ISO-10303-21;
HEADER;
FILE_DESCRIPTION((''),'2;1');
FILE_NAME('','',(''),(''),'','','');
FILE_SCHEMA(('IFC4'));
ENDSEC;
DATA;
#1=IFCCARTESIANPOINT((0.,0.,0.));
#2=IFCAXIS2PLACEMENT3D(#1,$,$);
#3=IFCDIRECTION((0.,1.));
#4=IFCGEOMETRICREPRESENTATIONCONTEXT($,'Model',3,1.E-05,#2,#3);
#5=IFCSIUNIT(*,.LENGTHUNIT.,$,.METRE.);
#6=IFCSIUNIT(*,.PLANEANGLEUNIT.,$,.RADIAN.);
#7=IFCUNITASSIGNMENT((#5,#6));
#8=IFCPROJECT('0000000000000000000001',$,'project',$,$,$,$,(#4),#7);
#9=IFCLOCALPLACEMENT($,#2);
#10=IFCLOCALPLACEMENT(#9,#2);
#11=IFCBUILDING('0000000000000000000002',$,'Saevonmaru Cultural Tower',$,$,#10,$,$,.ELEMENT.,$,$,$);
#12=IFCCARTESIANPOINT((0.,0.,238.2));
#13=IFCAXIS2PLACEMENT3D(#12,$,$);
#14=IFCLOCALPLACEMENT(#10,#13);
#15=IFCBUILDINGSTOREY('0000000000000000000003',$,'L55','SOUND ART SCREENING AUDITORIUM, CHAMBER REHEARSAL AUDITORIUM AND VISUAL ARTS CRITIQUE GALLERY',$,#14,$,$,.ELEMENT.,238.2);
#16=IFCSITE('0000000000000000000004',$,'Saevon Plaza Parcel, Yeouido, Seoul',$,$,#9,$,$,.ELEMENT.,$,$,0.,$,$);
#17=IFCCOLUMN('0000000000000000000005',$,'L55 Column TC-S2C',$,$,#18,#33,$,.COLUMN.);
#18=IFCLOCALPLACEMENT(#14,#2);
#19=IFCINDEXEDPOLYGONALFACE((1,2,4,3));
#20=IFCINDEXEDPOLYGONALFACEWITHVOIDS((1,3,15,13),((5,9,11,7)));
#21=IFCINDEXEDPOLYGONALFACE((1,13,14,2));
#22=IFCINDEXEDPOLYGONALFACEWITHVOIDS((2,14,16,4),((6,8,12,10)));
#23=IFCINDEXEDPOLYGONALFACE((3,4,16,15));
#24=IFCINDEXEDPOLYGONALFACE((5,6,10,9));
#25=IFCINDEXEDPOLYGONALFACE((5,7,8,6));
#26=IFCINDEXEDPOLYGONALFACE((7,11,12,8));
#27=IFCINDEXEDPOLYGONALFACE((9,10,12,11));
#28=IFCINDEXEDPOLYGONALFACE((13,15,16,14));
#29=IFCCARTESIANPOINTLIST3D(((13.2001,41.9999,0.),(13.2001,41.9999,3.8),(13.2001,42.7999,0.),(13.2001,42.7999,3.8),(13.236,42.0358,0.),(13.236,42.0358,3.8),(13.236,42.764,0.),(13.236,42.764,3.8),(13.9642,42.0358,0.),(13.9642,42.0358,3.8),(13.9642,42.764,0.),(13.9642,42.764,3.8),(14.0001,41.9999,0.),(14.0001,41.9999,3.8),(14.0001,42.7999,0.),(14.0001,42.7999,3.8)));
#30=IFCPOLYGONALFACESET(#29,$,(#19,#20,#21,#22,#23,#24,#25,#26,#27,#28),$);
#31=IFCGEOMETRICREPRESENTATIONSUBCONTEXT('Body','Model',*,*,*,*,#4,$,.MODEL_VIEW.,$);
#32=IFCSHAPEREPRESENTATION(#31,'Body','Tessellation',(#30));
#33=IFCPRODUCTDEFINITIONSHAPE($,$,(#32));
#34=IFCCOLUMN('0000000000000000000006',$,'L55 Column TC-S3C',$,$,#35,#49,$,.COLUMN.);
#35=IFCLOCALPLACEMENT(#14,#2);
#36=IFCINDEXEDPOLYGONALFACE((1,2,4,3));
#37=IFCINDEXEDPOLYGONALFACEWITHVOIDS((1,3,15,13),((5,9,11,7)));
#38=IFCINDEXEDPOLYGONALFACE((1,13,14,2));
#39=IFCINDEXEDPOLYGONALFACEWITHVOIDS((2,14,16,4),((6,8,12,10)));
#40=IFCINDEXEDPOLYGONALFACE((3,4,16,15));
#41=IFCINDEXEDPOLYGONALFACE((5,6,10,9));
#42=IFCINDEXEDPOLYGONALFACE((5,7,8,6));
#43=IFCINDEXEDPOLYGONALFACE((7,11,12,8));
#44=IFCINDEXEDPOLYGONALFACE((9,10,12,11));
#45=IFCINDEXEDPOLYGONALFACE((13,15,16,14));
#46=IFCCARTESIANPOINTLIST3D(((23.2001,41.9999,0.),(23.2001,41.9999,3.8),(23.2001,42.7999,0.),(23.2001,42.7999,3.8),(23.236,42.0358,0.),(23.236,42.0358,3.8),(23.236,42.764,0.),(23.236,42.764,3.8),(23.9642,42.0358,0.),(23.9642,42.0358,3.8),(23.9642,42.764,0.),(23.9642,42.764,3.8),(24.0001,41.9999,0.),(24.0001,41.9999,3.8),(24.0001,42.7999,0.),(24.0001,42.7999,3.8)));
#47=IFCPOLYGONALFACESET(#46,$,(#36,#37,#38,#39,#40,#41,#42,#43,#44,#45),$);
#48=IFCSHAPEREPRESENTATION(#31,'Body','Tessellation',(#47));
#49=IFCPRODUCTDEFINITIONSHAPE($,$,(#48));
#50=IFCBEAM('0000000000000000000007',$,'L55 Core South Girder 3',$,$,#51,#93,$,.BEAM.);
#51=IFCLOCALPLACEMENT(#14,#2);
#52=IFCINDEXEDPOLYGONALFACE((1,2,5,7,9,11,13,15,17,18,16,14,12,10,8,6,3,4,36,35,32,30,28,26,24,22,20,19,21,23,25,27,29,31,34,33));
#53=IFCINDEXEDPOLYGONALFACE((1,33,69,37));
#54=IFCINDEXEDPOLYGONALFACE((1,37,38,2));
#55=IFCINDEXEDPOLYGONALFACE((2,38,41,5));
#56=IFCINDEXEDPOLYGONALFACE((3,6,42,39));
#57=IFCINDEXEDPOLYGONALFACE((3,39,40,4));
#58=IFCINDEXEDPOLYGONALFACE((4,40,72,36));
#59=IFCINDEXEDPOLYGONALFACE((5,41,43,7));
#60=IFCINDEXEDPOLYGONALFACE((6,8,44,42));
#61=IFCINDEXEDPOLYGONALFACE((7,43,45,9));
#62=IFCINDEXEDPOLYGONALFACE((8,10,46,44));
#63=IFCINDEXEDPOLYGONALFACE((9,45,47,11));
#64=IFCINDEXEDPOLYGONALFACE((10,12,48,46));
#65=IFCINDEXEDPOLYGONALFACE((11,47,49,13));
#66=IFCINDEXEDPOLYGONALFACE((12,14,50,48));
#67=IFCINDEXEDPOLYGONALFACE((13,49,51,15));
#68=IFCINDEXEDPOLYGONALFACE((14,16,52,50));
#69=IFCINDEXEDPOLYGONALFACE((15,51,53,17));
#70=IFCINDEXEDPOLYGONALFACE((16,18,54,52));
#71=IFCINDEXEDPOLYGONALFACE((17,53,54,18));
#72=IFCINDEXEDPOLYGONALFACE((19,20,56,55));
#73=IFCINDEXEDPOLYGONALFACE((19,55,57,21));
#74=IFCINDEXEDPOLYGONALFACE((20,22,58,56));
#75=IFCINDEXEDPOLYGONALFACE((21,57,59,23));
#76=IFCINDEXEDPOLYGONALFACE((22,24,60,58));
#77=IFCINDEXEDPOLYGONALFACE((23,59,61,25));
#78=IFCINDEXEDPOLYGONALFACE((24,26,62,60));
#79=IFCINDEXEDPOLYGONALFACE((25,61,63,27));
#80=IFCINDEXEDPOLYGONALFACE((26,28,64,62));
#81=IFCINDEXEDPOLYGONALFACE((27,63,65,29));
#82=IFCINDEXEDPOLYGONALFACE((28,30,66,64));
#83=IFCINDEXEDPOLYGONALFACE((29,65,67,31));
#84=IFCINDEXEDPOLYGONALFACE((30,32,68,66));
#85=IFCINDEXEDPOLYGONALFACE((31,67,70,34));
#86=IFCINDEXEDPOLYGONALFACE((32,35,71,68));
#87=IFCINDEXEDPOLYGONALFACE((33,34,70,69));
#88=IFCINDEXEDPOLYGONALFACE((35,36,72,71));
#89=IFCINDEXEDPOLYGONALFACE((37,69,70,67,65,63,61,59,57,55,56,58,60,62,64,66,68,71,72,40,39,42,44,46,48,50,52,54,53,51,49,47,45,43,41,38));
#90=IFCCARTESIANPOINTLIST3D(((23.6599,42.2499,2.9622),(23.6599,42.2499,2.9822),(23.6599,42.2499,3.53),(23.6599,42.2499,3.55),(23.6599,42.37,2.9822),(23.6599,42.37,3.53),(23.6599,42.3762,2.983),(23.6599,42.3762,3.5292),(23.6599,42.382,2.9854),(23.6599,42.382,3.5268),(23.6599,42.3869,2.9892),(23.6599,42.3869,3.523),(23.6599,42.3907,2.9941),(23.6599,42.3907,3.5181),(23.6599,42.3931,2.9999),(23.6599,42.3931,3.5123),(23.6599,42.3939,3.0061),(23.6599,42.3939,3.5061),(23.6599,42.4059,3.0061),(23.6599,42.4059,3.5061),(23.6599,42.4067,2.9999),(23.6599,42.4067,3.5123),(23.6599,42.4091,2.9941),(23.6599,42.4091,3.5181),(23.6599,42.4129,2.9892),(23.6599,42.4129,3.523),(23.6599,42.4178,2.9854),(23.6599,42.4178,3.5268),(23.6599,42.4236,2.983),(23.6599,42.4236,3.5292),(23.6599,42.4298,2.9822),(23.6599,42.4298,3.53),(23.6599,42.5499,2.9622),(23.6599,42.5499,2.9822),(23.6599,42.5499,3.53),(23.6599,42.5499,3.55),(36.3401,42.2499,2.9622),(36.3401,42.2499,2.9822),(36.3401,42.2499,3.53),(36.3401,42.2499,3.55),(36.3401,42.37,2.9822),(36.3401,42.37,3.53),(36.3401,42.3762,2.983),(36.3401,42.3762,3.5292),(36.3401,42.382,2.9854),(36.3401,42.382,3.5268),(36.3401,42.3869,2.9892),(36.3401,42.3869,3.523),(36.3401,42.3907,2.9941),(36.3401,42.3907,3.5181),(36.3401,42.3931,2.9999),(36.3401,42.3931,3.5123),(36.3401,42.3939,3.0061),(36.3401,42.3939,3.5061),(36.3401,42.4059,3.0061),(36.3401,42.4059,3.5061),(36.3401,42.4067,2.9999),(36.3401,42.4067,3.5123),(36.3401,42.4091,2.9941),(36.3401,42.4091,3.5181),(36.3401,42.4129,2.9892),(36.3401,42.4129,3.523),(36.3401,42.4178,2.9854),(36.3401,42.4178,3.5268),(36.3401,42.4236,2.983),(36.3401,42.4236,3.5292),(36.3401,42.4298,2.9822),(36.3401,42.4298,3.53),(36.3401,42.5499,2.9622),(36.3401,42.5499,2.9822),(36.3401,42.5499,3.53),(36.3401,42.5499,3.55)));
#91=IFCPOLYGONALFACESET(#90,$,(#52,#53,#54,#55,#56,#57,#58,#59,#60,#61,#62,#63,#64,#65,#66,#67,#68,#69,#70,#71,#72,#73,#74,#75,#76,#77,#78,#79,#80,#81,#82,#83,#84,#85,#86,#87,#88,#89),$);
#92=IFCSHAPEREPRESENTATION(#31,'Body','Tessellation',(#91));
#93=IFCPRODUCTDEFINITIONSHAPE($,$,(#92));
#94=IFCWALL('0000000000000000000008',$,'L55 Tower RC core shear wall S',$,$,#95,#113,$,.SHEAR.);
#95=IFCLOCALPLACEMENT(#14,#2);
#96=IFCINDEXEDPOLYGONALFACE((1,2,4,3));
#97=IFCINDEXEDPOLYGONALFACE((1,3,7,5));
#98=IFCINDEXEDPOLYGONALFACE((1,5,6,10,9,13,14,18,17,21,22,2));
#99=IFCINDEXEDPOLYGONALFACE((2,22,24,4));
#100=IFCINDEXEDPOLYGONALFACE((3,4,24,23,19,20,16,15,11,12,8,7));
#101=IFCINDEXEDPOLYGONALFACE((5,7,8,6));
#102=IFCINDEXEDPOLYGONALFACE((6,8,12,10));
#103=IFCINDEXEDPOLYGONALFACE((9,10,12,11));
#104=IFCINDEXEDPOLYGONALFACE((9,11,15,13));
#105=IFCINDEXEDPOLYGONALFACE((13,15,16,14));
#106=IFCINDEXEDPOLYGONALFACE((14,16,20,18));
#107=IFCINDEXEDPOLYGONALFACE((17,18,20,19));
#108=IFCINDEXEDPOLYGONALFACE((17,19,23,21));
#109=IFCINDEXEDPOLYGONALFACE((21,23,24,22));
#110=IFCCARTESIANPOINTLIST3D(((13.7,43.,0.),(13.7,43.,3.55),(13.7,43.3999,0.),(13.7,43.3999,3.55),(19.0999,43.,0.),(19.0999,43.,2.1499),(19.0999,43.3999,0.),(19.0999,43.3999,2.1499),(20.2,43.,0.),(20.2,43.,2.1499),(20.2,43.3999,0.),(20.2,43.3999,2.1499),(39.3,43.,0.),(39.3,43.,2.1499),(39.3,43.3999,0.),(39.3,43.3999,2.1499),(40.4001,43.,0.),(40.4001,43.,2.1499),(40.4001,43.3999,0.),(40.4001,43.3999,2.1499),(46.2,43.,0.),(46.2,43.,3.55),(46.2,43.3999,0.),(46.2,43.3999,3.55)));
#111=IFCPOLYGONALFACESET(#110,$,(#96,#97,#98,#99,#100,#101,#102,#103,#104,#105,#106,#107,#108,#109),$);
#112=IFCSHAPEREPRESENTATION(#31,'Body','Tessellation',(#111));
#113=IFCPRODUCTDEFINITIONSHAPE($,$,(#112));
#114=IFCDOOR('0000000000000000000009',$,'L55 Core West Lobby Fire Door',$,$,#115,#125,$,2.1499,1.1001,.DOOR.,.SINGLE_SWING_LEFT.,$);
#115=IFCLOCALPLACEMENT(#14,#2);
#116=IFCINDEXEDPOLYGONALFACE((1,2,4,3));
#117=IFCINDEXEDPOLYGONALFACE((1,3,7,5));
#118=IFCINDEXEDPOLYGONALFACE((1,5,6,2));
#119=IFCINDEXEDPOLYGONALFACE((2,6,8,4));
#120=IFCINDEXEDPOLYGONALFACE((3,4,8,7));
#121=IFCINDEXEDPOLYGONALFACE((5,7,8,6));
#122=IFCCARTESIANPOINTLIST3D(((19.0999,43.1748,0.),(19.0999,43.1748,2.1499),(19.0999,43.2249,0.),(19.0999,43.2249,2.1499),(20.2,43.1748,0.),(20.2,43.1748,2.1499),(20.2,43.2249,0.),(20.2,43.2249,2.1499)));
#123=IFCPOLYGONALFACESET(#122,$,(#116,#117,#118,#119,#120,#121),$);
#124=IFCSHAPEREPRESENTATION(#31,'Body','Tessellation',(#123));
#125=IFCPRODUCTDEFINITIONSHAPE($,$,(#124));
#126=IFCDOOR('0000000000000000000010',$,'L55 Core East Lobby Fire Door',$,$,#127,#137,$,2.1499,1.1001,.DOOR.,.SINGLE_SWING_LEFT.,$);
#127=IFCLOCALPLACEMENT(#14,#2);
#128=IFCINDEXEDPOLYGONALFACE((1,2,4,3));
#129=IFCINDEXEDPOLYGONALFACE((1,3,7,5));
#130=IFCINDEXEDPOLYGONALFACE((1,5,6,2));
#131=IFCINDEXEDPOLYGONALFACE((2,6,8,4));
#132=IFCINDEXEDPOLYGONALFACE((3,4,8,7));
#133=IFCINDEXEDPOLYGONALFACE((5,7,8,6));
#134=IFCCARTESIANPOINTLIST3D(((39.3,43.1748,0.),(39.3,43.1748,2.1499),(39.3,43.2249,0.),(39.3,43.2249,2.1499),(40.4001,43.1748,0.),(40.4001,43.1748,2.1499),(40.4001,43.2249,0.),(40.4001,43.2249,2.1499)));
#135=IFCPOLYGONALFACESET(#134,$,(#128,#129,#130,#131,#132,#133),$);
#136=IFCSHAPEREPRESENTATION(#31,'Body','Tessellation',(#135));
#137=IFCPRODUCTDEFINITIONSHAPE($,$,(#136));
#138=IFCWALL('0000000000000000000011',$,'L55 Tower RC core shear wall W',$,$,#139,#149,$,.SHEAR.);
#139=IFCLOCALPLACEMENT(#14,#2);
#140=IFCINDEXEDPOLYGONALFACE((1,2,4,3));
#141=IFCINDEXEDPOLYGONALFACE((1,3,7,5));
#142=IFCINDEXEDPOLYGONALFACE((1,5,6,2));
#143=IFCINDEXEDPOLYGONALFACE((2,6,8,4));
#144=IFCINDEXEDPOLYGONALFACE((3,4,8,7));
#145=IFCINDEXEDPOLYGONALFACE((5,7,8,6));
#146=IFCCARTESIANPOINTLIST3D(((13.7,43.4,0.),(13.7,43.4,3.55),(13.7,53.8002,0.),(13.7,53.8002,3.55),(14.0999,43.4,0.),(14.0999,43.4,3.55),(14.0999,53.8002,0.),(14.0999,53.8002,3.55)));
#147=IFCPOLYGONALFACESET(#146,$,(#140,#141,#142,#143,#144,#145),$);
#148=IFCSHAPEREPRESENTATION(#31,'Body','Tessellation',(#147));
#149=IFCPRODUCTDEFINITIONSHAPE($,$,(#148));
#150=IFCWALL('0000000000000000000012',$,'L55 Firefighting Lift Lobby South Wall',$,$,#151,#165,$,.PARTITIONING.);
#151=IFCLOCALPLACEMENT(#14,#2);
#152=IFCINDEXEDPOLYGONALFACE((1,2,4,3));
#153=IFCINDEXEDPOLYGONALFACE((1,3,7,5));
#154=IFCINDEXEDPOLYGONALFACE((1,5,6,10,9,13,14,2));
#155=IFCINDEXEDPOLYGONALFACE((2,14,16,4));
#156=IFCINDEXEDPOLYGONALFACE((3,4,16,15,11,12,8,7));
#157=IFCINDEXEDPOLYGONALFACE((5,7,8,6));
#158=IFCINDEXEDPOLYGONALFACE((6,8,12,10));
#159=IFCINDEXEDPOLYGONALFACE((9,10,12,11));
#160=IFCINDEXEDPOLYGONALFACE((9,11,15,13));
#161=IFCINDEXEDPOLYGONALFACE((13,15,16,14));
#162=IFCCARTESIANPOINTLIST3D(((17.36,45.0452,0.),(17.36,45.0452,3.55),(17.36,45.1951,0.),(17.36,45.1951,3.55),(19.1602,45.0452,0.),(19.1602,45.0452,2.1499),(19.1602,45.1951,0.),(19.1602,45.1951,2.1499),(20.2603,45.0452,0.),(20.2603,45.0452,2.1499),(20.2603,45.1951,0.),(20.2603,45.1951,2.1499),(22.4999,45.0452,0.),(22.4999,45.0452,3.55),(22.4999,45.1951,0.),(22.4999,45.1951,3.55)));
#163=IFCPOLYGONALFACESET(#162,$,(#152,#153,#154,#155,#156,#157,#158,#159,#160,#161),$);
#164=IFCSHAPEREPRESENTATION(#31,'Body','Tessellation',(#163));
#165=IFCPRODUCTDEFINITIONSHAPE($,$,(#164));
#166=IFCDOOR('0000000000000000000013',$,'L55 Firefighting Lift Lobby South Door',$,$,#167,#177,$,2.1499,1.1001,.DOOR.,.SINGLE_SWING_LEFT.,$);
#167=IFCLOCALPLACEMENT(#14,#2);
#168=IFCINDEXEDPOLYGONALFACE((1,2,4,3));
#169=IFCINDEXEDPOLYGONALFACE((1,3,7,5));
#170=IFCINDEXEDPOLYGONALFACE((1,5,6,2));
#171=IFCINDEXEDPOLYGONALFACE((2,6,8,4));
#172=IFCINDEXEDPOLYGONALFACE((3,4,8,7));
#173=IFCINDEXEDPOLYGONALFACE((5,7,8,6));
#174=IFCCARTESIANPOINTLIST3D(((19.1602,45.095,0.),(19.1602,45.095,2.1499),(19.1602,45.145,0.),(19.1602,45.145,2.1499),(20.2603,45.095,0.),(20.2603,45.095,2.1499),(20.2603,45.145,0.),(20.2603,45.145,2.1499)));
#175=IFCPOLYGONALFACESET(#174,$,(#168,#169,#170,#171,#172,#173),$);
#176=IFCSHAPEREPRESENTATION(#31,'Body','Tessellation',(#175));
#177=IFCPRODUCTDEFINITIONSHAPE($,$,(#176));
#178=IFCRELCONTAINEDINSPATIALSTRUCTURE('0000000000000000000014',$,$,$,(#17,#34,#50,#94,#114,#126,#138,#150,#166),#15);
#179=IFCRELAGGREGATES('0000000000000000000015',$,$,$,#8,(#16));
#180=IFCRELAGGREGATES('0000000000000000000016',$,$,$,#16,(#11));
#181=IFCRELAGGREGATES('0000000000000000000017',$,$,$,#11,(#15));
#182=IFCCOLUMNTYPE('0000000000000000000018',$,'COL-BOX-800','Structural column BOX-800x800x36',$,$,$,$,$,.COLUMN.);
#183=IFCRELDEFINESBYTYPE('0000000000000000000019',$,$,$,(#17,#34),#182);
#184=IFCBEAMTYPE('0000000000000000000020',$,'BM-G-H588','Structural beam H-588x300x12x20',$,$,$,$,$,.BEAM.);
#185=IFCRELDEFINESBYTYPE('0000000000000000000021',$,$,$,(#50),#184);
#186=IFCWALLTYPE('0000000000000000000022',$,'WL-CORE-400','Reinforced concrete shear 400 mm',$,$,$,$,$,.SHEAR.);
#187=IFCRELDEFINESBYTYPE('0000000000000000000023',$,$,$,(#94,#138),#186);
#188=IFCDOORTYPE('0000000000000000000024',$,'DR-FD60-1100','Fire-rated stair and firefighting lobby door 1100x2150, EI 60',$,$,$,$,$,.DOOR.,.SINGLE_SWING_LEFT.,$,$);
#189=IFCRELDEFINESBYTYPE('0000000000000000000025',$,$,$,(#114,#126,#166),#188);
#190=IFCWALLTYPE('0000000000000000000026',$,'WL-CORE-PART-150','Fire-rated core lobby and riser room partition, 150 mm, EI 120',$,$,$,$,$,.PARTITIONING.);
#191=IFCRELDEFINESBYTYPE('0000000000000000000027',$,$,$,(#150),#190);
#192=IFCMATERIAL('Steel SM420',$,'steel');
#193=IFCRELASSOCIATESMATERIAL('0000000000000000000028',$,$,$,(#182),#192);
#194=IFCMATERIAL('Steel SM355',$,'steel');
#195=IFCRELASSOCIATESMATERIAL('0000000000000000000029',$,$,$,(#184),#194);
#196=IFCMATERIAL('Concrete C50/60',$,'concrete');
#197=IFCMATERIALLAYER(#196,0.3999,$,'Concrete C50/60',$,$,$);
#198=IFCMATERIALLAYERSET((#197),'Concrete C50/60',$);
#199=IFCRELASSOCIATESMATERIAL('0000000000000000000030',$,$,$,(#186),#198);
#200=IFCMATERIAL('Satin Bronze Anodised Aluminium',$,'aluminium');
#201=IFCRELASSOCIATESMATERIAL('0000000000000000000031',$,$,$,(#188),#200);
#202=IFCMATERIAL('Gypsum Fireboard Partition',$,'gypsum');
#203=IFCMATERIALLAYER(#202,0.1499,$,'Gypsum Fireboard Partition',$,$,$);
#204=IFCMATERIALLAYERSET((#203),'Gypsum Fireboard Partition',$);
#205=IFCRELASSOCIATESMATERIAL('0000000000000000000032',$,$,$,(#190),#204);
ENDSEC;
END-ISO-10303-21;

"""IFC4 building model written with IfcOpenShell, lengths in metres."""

from ifc_helpers import new_model, si_unit, direction, frame, frame_2d, origin, origin_2d, place, context, subcontext, project, spatial, rectangle, hollow_rectangle, i_section, extrude, material, layer, layer_set, material_profile, profile_set, type_object, element, fill, save


model = new_model("IFC4")

# Units and contexts
model_context = context("Model", 3, precision=1e-05, world=origin(), true_north=direction((0.0, 1.0)))
body_context = subcontext(model_context, "Body", "Model", "MODEL_VIEW")
ifc_project = project(units=[si_unit("LENGTHUNIT", "METRE"), si_unit("PLANEANGLEUNIT", "RADIAN")], contexts=[model_context])

# Site, building, storey
site_placement = place(None, origin())
site = spatial("IfcSite", under=ifc_project, at=site_placement, Name="Saevon Plaza Parcel, Yeouido, Seoul", CompositionType="ELEMENT", RefElevation=0.0)
building_placement = place(site_placement, origin())
building = spatial("IfcBuilding", under=site, at=building_placement, Name="Saevonmaru Cultural Tower", CompositionType="ELEMENT")
storey_placement = place(building_placement, frame((0.0, 0.0, 238.2)))
storey = spatial("IfcBuildingStorey", under=building, at=storey_placement, Name="L55", Description="SOUND ART SCREENING AUDITORIUM, CHAMBER REHEARSAL AUDITORIUM AND VISUAL ARTS CRITIQUE GALLERY", CompositionType="ELEMENT", Elevation=238.2)

# Columns
ifc_material_1 = material(Name="Steel SM420", Category="steel")
ifc_material_profile_1 = material_profile(ifc_material_1, hollow_rectangle(XDim=0.8, YDim=0.8, WallThickness=0.0359, at=origin_2d()), Name="BOX-800x800x36")
ifc_profile_set_1 = profile_set([ifc_material_profile_1], Name="Steel SM420")
column_type = type_object("IfcColumnType", Name="COL-BOX-800", Description="Structural column BOX-800x800x36", PredefinedType="COLUMN", material=ifc_profile_set_1)
for number, where, z_axis, x_axis, name in (
    (1, (13.6001, 42.3999, 0.0), (0.0, 0.0, 1.0), (1.0, 0.0, 0.0), "L55 Column TC-S2C"),
    (2, (23.6001, 42.3999, 0.0), (0.0, 0.0, 1.0), (1.0, 0.0, 0.0), "L55 Column TC-S3C"),
):
    element("IfcColumn", number, at=place(storey_placement, frame(where, z_axis=z_axis, x_axis=x_axis)), inside=storey, type_object=column_type, Name=name, PredefinedType="COLUMN", context=body_context, shape_type="SweptSolid", body=[
        extrude(hollow_rectangle(XDim=0.8, YDim=0.8, WallThickness=0.0359, at=origin_2d()), origin(), (0.0, 0.0, 1.0), 3.8),
    ])

# Beam
ifc_material_2 = material(Name="Steel SM355", Category="steel")
ifc_material_profile_2 = material_profile(ifc_material_2, i_section(OverallWidth=0.3, OverallDepth=0.5879, WebThickness=0.012, FlangeThickness=0.02, FilletRadius=0.0239, at=origin_2d()), Name="H-588x300x12x20")
ifc_profile_set_2 = profile_set([ifc_material_profile_2], Name="Steel SM355")
beam_type = type_object("IfcBeamType", Name="BM-G-H588", Description="Structural beam H-588x300x12x20", PredefinedType="BEAM", material=ifc_profile_set_2)
beam_placement = place(storey_placement, frame((23.6599, 42.3999, 3.2561), z_axis=(1.0, 0.0, 0.0), x_axis=(0.0, 1.0, 0.0)))
element("IfcBeam", 3, at=beam_placement, inside=storey, type_object=beam_type, Name="L55 Core South Girder 3", PredefinedType="BEAM", context=body_context, shape_type="SweptSolid", body=[
    extrude(i_section(OverallWidth=0.3, OverallDepth=0.5879, WebThickness=0.012, FlangeThickness=0.02, FilletRadius=0.0239, at=origin_2d()), origin(), (0.0, 0.0, 1.0), 12.6802),
])

# Wall, openings, doors
ifc_material_3 = material(Name="Concrete C50/60", Category="concrete")
ifc_layer_1 = layer(ifc_material_3, 0.3999, Name="Concrete C50/60")
ifc_layer_set_1 = layer_set([ifc_layer_1], Name="Concrete C50/60")
wall_type_1 = type_object("IfcWallType", Name="WL-CORE-400", Description="Reinforced concrete shear 400 mm", PredefinedType="SHEAR", material=ifc_layer_set_1)
wall_1_placement = place(storey_placement, frame((13.7, 43.2, 0.0), z_axis=(0.0, 0.0, 1.0), x_axis=(1.0, 0.0, 0.0)))
wall_1 = element("IfcWall", 4, at=wall_1_placement, inside=storey, type_object=wall_type_1, Name="L55 Tower RC core shear wall S", PredefinedType="SHEAR", context=body_context, shape_type="SweptSolid", body=[
    extrude(rectangle(XDim=32.5, YDim=0.3999, at=frame_2d((16.25, 0.0))), origin(), (0.0, 0.0, 1.0), 3.55),
])
opening_1_placement = place(wall_1_placement, frame((5.3999, 0.0, 0.0)))
opening_1 = element("IfcOpeningElement", 5, at=opening_1_placement, cuts=wall_1, PredefinedType="OPENING", context=body_context, shape_type="SweptSolid", body=[
    extrude(rectangle(XDim=1.1001, YDim=2.1499, at=frame_2d((0.55, 1.075))), frame((0.0, 0.21, 0.0), z_axis=(0.0, -1.0, 0.0), x_axis=(1.0, 0.0, 0.0)), (0.0, 0.0, 1.0), 0.4199),
])
opening_2_placement = place(wall_1_placement, frame((25.6001, 0.0, 0.0)))
opening_2 = element("IfcOpeningElement", 6, at=opening_2_placement, cuts=wall_1, PredefinedType="OPENING", context=body_context, shape_type="SweptSolid", body=[
    extrude(rectangle(XDim=1.1001, YDim=2.1499, at=frame_2d((0.55, 1.075))), frame((0.0, 0.21, 0.0), z_axis=(0.0, -1.0, 0.0), x_axis=(1.0, 0.0, 0.0)), (0.0, 0.0, 1.0), 0.4199),
])
ifc_material_4 = material(Name="Satin Bronze Anodised Aluminium", Category="aluminium")
door_type_1 = type_object("IfcDoorType", Name="DR-FD60-1100", Description="Fire-rated stair and firefighting lobby door 1100x2150, EI 60", OperationType="SINGLE_SWING_LEFT", PredefinedType="DOOR", material=ifc_material_4)
door_1_placement = place(opening_1_placement, origin())
door_1 = element("IfcDoor", 7, at=door_1_placement, inside=storey, type_object=door_type_1, Name="L55 Core West Lobby Fire Door", OperationType="SINGLE_SWING_LEFT", OverallHeight=2.1499, OverallWidth=1.1001, PredefinedType="DOOR", context=body_context, shape_type="SweptSolid", body=[
    extrude(rectangle(XDim=1.1001, YDim=2.1499, at=frame_2d((0.55, 1.075))), frame((0.0, 0.0249, 0.0), z_axis=(0.0, -1.0, 0.0), x_axis=(1.0, 0.0, 0.0)), (0.0, 0.0, 1.0), 0.05),
])
fill(opening_1, door_1)
door_2_placement = place(opening_2_placement, origin())
door_2 = element("IfcDoor", 8, at=door_2_placement, inside=storey, type_object=door_type_1, Name="L55 Core East Lobby Fire Door", OperationType="SINGLE_SWING_LEFT", OverallHeight=2.1499, OverallWidth=1.1001, PredefinedType="DOOR", context=body_context, shape_type="SweptSolid", body=[
    extrude(rectangle(XDim=1.1001, YDim=2.1499, at=frame_2d((0.55, 1.075))), frame((0.0, 0.0249, 0.0), z_axis=(0.0, -1.0, 0.0), x_axis=(1.0, 0.0, 0.0)), (0.0, 0.0, 1.0), 0.05),
])
fill(opening_2, door_2)

# Wall
wall_2_placement = place(storey_placement, frame((13.8999, 43.3999, 0.0), z_axis=(0.0, 0.0, 1.0), x_axis=(0.0, 1.0, 0.0)))
element("IfcWall", 9, at=wall_2_placement, inside=storey, type_object=wall_type_1, Name="L55 Tower RC core shear wall W", PredefinedType="SHEAR", context=body_context, shape_type="SweptSolid", body=[
    extrude(rectangle(XDim=10.4001, YDim=0.3999, at=frame_2d((5.2002, 0.0))), origin(), (0.0, 0.0, 1.0), 3.55),
])

# Wall, opening, door
ifc_material_5 = material(Name="Gypsum Fireboard Partition", Category="gypsum")
ifc_layer_2 = layer(ifc_material_5, 0.1499, Name="Gypsum Fireboard Partition")
ifc_layer_set_2 = layer_set([ifc_layer_2], Name="Gypsum Fireboard Partition")
wall_type_2 = type_object("IfcWallType", Name="WL-CORE-PART-150", Description="Fire-rated core lobby and riser room partition, 150 mm, EI 120", PredefinedType="PARTITIONING", material=ifc_layer_set_2)
wall_3_placement = place(storey_placement, frame((17.3601, 45.1201, 0.0), z_axis=(0.0, 0.0, 1.0), x_axis=(1.0, 0.0, 0.0)))
wall_3 = element("IfcWall", 10, at=wall_3_placement, inside=storey, type_object=wall_type_2, Name="L55 Firefighting Lift Lobby South Wall", PredefinedType="PARTITIONING", context=body_context, shape_type="SweptSolid", body=[
    extrude(rectangle(XDim=5.1399, YDim=0.1499, at=frame_2d((2.5698, 0.0))), origin(), (0.0, 0.0, 1.0), 3.55),
])
opening_3_placement = place(wall_3_placement, frame((1.8, 0.0, 0.0)))
opening_3 = element("IfcOpeningElement", 11, at=opening_3_placement, cuts=wall_3, PredefinedType="OPENING", context=body_context, shape_type="SweptSolid", body=[
    extrude(rectangle(XDim=1.1001, YDim=2.1499, at=frame_2d((0.55, 1.075))), frame((0.0, 0.085, 0.0), z_axis=(0.0, -1.0, 0.0), x_axis=(1.0, 0.0, 0.0)), (0.0, 0.0, 1.0), 0.1699),
])
door_3_placement = place(opening_3_placement, origin())
door_3 = element("IfcDoor", 12, at=door_3_placement, inside=storey, type_object=door_type_1, Name="L55 Firefighting Lift Lobby South Door", OperationType="SINGLE_SWING_LEFT", OverallHeight=2.1499, OverallWidth=1.1001, PredefinedType="DOOR", context=body_context, shape_type="SweptSolid", body=[
    extrude(rectangle(XDim=1.1001, YDim=2.1499, at=frame_2d((0.55, 1.075))), frame((0.0, 0.0249, 0.0), z_axis=(0.0, -1.0, 0.0), x_axis=(1.0, 0.0, 0.0)), (0.0, 0.0, 1.0), 0.05),
])
fill(opening_3, door_3)

save(model, "model.ifc")
